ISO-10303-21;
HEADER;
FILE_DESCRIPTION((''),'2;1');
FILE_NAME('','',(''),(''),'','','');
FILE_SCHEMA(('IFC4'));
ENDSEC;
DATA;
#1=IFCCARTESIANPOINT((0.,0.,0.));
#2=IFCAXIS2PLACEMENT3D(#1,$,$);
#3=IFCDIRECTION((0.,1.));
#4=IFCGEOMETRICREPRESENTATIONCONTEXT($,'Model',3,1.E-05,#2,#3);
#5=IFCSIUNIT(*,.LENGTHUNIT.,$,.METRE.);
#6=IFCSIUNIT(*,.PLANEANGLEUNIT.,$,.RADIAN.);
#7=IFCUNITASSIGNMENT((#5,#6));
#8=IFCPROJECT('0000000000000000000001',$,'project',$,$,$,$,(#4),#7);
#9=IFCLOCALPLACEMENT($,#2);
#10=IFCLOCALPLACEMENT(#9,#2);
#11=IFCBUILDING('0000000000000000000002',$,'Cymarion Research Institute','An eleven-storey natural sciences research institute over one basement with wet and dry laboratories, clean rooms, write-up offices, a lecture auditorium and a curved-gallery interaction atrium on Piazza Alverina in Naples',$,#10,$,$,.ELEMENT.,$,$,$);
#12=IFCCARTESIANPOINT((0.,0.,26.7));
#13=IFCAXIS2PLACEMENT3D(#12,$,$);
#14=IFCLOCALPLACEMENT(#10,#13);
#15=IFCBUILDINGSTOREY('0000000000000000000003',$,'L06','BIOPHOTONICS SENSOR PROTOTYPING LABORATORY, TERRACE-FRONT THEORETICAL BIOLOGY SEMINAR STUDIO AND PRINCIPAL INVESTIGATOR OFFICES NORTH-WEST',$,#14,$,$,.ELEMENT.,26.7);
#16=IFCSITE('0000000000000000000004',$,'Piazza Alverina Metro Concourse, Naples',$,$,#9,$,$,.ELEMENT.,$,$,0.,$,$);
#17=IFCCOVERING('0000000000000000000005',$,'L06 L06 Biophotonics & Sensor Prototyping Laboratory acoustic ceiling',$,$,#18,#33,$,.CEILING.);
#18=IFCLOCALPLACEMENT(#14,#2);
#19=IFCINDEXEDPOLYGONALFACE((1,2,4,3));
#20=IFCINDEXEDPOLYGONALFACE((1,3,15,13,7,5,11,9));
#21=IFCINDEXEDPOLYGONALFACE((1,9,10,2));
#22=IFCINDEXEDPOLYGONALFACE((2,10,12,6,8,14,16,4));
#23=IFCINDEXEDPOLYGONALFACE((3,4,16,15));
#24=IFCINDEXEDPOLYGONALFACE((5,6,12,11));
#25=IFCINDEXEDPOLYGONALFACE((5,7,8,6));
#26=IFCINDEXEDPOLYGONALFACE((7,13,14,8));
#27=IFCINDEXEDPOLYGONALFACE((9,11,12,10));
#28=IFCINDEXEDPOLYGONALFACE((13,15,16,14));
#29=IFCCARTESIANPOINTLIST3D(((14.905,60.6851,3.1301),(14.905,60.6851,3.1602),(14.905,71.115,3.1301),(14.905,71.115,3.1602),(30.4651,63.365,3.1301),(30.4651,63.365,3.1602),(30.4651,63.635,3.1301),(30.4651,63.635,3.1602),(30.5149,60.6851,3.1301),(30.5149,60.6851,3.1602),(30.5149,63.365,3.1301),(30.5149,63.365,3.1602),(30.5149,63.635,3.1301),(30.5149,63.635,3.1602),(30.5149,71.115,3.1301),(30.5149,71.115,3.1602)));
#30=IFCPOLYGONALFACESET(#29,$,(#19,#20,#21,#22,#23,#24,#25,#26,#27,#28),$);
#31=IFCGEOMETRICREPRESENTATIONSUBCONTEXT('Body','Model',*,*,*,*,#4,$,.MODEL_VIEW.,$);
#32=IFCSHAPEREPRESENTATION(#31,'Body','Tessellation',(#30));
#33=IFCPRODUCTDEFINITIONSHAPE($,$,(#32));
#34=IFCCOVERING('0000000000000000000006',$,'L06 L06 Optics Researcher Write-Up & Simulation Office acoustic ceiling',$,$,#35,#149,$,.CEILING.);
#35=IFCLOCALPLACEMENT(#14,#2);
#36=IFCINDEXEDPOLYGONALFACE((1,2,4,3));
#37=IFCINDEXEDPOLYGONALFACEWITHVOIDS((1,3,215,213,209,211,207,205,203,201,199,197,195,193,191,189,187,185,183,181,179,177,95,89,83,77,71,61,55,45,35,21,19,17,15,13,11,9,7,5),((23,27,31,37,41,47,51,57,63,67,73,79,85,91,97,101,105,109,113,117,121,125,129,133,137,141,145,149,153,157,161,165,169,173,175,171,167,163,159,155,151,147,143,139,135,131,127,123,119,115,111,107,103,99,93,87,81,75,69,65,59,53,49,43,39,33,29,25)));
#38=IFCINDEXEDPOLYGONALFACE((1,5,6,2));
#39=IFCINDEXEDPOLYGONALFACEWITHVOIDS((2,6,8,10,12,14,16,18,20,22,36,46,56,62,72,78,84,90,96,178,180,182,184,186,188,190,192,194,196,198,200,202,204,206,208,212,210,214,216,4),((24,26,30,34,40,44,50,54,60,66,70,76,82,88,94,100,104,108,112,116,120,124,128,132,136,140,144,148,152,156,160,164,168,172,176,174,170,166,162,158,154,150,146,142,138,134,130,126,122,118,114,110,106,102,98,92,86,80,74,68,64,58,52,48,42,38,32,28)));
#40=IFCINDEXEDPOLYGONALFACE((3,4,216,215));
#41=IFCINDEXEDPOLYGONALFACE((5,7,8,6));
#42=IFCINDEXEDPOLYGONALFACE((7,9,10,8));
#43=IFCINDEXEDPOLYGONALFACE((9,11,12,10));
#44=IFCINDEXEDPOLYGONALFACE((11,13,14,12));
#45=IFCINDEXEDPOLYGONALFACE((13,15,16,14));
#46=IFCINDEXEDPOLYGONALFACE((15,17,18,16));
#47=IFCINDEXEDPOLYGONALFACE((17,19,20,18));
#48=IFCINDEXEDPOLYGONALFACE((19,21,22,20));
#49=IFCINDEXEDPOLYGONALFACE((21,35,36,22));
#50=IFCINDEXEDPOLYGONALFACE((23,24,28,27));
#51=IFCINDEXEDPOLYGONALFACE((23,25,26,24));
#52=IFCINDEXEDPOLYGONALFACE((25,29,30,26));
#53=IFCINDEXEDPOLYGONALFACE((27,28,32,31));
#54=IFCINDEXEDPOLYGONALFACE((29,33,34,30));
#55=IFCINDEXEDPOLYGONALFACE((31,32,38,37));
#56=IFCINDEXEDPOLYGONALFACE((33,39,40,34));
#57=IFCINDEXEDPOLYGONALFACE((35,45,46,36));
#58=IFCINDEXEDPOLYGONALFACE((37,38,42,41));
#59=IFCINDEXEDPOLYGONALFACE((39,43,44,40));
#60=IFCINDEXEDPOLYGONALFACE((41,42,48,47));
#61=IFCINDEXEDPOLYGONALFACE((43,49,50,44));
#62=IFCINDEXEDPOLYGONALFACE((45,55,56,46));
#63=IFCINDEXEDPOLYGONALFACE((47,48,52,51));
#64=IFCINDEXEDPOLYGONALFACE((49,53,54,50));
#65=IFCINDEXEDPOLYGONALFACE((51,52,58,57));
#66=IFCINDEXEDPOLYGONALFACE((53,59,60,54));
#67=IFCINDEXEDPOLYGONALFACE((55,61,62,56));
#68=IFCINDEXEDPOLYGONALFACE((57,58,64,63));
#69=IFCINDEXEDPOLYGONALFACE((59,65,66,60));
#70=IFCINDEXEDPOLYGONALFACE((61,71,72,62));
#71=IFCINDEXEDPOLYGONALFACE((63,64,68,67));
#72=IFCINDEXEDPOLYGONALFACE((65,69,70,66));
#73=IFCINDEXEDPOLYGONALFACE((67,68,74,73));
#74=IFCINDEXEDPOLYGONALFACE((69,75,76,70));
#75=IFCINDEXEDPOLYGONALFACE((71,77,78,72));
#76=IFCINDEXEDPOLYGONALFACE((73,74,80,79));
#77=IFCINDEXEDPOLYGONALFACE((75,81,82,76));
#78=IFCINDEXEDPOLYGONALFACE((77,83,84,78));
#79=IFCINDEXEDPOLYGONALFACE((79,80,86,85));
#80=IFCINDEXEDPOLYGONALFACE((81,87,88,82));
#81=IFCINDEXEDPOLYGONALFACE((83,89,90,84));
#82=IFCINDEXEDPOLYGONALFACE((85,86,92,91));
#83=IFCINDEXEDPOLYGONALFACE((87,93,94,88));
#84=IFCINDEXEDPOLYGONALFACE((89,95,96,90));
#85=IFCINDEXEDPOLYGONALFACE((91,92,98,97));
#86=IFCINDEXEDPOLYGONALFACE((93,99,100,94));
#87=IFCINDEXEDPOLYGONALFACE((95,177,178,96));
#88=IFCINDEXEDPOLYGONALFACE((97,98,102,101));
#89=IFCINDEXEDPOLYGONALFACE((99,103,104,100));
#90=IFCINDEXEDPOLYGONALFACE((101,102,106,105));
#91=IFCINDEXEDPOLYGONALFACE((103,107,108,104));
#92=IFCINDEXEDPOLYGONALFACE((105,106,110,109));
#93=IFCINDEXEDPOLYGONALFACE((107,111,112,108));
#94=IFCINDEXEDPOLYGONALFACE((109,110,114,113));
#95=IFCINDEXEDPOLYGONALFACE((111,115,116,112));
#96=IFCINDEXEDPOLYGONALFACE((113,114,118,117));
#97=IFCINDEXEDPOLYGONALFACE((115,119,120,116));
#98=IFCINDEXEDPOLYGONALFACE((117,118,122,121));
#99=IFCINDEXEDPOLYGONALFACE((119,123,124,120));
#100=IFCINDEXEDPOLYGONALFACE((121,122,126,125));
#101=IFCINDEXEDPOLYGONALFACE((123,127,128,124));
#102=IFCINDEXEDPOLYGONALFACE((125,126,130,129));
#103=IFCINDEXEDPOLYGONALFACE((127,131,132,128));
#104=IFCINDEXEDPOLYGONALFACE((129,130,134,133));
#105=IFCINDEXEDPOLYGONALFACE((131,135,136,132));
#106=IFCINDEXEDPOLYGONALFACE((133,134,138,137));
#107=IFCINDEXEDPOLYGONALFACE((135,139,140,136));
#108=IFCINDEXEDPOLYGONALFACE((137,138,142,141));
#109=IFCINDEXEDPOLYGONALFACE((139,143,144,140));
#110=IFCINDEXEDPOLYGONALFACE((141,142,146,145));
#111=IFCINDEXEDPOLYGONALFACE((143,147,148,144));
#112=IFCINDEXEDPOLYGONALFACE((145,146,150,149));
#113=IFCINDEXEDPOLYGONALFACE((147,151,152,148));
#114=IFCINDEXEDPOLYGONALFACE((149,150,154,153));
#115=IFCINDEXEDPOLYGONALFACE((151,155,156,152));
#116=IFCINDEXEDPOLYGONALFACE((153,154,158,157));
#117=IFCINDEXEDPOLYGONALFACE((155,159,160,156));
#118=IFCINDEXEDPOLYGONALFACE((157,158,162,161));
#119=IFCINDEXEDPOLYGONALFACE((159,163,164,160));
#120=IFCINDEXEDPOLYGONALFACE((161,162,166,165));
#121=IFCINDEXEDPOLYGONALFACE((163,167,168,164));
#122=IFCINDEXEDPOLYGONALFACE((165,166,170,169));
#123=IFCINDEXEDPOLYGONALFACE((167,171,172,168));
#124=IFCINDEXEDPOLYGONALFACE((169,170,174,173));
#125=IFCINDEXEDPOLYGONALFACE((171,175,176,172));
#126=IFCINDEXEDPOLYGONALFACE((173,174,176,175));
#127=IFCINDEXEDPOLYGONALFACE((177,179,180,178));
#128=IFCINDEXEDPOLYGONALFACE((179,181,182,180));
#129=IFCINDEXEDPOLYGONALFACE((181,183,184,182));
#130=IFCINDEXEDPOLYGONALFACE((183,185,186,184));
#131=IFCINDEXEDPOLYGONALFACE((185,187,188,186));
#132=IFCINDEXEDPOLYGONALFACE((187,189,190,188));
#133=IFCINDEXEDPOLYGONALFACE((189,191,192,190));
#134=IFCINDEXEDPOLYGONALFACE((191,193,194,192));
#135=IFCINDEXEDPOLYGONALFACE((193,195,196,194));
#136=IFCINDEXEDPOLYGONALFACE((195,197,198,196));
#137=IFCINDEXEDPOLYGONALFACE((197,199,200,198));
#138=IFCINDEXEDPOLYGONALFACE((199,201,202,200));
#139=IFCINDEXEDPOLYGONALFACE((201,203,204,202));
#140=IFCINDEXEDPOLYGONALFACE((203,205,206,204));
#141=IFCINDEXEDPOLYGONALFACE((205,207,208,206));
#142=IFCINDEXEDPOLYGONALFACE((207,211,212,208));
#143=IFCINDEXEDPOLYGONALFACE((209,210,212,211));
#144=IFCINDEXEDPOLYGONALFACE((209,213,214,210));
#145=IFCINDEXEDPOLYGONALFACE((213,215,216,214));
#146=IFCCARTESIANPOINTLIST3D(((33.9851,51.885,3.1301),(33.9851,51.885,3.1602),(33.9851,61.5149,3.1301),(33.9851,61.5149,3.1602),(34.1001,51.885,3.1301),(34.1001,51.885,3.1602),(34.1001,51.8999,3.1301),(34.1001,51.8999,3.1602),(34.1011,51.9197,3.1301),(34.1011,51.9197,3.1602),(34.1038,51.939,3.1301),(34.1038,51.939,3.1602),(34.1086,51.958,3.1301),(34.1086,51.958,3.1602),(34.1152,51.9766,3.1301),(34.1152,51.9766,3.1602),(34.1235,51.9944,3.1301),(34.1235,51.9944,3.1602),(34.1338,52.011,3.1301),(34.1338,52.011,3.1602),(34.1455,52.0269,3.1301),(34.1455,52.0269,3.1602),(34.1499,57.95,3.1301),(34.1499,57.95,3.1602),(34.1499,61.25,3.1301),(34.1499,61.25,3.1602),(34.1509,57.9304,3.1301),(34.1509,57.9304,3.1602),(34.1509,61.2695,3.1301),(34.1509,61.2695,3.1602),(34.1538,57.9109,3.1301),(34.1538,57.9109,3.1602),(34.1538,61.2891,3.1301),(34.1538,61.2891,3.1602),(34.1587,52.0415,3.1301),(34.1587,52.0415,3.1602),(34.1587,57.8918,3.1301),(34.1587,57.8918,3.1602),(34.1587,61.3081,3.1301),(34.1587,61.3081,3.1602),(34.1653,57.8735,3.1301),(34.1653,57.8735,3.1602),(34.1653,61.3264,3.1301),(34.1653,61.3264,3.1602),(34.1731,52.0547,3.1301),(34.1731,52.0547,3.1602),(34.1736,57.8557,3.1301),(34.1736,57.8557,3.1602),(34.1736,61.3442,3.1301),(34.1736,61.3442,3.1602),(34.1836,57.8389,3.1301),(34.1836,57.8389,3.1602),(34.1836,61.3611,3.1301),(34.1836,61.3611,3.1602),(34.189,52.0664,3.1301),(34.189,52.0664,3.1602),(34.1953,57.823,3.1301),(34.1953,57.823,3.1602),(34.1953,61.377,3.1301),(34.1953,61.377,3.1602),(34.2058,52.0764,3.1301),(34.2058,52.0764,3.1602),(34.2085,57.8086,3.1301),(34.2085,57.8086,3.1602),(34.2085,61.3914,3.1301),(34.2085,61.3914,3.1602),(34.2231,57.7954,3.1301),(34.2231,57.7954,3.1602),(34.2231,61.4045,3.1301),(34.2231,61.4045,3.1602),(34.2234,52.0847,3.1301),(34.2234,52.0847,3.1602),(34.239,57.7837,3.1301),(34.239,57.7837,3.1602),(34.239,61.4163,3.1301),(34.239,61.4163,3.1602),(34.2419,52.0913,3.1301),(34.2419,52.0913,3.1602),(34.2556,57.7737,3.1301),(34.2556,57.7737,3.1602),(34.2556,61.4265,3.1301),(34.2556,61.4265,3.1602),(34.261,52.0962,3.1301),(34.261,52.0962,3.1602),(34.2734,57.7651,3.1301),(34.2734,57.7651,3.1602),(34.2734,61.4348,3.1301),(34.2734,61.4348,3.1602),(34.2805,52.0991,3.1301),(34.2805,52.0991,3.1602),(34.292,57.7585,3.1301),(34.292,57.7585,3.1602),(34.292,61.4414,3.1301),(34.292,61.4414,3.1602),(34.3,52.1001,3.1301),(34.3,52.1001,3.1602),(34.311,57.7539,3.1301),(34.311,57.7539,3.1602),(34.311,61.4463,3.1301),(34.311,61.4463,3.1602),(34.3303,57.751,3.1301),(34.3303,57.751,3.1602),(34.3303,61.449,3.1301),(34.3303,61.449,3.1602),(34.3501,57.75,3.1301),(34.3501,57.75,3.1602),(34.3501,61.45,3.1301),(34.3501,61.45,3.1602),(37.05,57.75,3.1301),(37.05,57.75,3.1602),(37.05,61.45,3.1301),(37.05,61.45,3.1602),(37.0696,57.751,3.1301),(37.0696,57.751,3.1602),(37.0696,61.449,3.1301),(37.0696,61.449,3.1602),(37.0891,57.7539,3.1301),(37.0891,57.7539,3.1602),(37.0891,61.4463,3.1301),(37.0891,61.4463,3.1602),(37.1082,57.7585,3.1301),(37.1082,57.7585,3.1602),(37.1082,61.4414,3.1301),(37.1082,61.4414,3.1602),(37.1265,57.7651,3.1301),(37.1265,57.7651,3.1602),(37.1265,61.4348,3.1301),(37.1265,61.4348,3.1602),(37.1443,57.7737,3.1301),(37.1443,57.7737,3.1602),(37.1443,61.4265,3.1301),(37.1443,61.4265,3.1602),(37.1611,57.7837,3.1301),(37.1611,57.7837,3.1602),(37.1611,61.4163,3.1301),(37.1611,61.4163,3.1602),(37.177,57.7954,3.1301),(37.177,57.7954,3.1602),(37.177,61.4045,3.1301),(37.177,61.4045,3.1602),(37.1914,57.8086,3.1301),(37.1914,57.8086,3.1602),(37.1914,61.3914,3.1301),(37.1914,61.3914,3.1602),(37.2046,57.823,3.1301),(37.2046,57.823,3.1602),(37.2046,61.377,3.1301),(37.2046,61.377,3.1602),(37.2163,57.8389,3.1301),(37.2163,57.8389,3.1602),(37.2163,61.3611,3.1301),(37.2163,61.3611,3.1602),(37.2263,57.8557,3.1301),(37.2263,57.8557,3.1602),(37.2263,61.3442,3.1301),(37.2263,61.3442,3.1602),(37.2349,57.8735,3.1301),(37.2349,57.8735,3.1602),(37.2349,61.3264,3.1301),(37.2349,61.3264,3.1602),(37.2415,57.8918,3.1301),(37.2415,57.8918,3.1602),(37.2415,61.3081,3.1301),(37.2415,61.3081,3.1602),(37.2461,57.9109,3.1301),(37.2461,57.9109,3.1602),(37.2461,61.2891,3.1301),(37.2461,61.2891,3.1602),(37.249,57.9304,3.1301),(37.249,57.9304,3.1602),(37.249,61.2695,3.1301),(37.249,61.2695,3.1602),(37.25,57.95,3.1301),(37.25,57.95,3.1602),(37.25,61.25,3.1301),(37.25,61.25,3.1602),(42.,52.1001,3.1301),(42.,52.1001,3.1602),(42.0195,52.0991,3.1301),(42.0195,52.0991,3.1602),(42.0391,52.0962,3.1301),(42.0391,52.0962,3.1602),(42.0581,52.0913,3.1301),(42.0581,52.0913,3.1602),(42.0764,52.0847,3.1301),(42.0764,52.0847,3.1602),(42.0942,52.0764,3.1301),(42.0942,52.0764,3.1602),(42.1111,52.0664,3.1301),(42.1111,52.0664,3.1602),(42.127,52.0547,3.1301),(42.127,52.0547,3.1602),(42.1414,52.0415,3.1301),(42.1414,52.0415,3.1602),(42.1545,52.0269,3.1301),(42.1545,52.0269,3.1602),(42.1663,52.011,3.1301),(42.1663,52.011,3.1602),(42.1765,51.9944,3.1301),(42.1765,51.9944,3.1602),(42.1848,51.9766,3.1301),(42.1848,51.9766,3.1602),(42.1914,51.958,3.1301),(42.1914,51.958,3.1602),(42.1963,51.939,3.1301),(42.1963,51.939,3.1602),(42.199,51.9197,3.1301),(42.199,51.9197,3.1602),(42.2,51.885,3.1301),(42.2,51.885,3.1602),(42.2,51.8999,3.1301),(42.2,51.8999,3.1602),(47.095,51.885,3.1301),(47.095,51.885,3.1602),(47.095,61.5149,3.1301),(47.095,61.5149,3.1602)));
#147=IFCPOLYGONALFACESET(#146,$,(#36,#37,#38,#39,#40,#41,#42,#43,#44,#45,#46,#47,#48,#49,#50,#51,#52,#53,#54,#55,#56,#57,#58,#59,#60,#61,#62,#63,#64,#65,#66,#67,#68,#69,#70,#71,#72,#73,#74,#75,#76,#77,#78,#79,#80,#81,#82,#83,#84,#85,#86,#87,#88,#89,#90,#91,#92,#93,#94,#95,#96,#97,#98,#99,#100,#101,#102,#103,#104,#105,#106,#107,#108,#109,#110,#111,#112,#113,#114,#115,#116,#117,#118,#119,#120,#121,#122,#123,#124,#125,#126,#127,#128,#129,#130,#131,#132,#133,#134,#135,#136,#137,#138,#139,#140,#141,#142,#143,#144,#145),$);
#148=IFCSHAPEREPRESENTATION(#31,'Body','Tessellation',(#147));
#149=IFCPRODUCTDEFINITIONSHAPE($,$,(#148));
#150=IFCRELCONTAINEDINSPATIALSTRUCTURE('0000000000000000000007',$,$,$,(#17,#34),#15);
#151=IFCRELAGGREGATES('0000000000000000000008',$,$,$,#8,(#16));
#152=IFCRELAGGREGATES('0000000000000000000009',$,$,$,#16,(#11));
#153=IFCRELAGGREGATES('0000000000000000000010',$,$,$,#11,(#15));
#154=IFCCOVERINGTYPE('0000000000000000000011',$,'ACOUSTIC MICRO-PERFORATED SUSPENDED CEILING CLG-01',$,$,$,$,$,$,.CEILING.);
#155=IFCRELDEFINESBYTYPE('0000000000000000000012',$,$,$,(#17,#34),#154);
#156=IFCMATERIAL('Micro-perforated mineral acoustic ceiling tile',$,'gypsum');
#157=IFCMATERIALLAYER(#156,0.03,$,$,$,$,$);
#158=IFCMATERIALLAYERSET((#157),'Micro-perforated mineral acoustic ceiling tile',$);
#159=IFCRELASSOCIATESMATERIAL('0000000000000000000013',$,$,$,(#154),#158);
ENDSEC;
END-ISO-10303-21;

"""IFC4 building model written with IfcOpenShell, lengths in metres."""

from ifc_helpers import new_model, si_unit, direction, frame, origin, place, context, subcontext, project, spatial, polyline, outline, extrude, material, layer, layer_set, type_object, element, save


model = new_model("IFC4")

# Units and contexts
model_context = context("Model", 3, precision=1e-05, world=origin(), true_north=direction((0.0, 1.0)))
body_context = subcontext(model_context, "Body", "Model", "MODEL_VIEW")
ifc_project = project(units=[si_unit("LENGTHUNIT", "METRE"), si_unit("PLANEANGLEUNIT", "RADIAN")], contexts=[model_context])

# Site, building, storey
site_placement = place(None, origin())
site = spatial("IfcSite", under=ifc_project, at=site_placement, Name="Piazza Alverina Metro Concourse, Naples", CompositionType="ELEMENT", RefElevation=0.0)
building_placement = place(site_placement, origin())
building = spatial("IfcBuilding", under=site, at=building_placement, Name="Cymarion Research Institute", Description="An eleven-storey natural sciences research institute over one basement with wet and dry laboratories, clean rooms, write-up offices, a lecture auditorium and a curved-gallery interaction atrium on Piazza Alverina in Naples", CompositionType="ELEMENT")
storey_placement = place(building_placement, frame((0.0, 0.0, 26.7)))
storey = spatial("IfcBuildingStorey", under=building, at=storey_placement, Name="L06", Description="BIOPHOTONICS SENSOR PROTOTYPING LABORATORY, TERRACE-FRONT THEORETICAL BIOLOGY SEMINAR STUDIO AND PRINCIPAL INVESTIGATOR OFFICES NORTH-WEST", CompositionType="ELEMENT", Elevation=26.7)

# Coverings
ifc_material_1 = material(Name="Micro-perforated mineral acoustic ceiling tile", Category="gypsum")
ifc_layer_1 = layer(ifc_material_1, 0.03)
ifc_layer_set_1 = layer_set([ifc_layer_1], Name="Micro-perforated mineral acoustic ceiling tile")
covering_type_1 = type_object("IfcCoveringType", Name="ACOUSTIC MICRO-PERFORATED SUSPENDED CEILING CLG-01", PredefinedType="CEILING", material=ifc_layer_set_1)
covering_1_placement = place(storey_placement, frame((0.0, 0.0, 3.1301)))
element("IfcCovering", 1, at=covering_1_placement, inside=storey, type_object=covering_type_1, Name="L06 L06 Biophotonics & Sensor Prototyping Laboratory acoustic ceiling", PredefinedType="CEILING", context=body_context, shape_type="SweptSolid", body=[
    extrude(outline(polyline([(30.5149, 63.365), (30.5149, 60.6851), (14.905, 60.6851), (14.905, 71.115), (30.5149, 71.115), (30.5149, 63.635), (30.4651, 63.635), (30.4651, 63.365), (30.5149, 63.365)])), origin(), (0.0, 0.0, 1.0), 0.03),
])
covering_2_placement = place(storey_placement, frame((0.0, 0.0, 3.1301)))
element("IfcCovering", 2, at=covering_2_placement, inside=storey, type_object=covering_type_1, Name="L06 L06 Optics Researcher Write-Up & Simulation Office acoustic ceiling", PredefinedType="CEILING", context=body_context, shape_type="SweptSolid", body=[
    extrude(outline(polyline([(47.095, 61.5149), (47.095, 51.885), (42.2, 51.885), (42.2, 51.8999), (42.199, 51.9197), (42.1963, 51.939), (42.1914, 51.958), (42.1848, 51.9766), (42.1765, 51.9944), (42.1663, 52.011), (42.1545, 52.0269), (42.1414, 52.0415), (42.127, 52.0547), (42.1111, 52.0664), (42.0942, 52.0764), (42.0764, 52.0847), (42.0581, 52.0913), (42.0391, 52.0962), (42.0195, 52.0991), (42.0, 52.1001), (34.3, 52.1001), (34.2805, 52.0991), (34.261, 52.0962), (34.2419, 52.0913), (34.2234, 52.0847), (34.2058, 52.0764), (34.189, 52.0664), (34.1731, 52.0547), (34.1587, 52.0415), (34.1455, 52.0269), (34.1338, 52.011), (34.1235, 51.9944), (34.1152, 51.9766), (34.1086, 51.958), (34.1038, 51.939), (34.1011, 51.9197), (34.1001, 51.8999), (34.1001, 51.885), (33.9851, 51.885), (33.9851, 61.5149), (47.095, 61.5149)]), holes=[polyline([(34.311, 57.7539), (34.3303, 57.751), (34.3501, 57.75), (37.05, 57.75), (37.0696, 57.751), (37.0891, 57.7539), (37.1082, 57.7585), (37.1265, 57.7651), (37.1443, 57.7737), (37.1611, 57.7837), (37.177, 57.7954), (37.1914, 57.8086), (37.2046, 57.823), (37.2163, 57.8389), (37.2263, 57.8557), (37.2349, 57.8735), (37.2415, 57.8918), (37.2461, 57.9109), (37.249, 57.9304), (37.25, 57.95), (37.25, 61.25), (37.249, 61.2695), (37.2461, 61.2891), (37.2415, 61.3081), (37.2349, 61.3264), (37.2263, 61.3442), (37.2163, 61.3611), (37.2046, 61.377), (37.1914, 61.3914), (37.177, 61.4045), (37.1611, 61.4163), (37.1443, 61.4265), (37.1265, 61.4348), (37.1082, 61.4414), (37.0891, 61.4463), (37.0696, 61.449), (37.05, 61.45), (34.3501, 61.45), (34.3303, 61.449), (34.311, 61.4463), (34.292, 61.4414), (34.2734, 61.4348), (34.2556, 61.4265), (34.239, 61.4163), (34.2231, 61.4045), (34.2085, 61.3914), (34.1953, 61.377), (34.1836, 61.3611), (34.1736, 61.3442), (34.1653, 61.3264), (34.1587, 61.3081), (34.1538, 61.2891), (34.1509, 61.2695), (34.1499, 61.25), (34.1499, 57.95), (34.1509, 57.9304), (34.1538, 57.9109), (34.1587, 57.8918), (34.1653, 57.8735), (34.1736, 57.8557), (34.1836, 57.8389), (34.1953, 57.823), (34.2085, 57.8086), (34.2231, 57.7954), (34.239, 57.7837), (34.2556, 57.7737), (34.2734, 57.7651), (34.292, 57.7585), (34.311, 57.7539)])]), origin(), (0.0, 0.0, 1.0), 0.03),
])

save(model, "model.ifc")
